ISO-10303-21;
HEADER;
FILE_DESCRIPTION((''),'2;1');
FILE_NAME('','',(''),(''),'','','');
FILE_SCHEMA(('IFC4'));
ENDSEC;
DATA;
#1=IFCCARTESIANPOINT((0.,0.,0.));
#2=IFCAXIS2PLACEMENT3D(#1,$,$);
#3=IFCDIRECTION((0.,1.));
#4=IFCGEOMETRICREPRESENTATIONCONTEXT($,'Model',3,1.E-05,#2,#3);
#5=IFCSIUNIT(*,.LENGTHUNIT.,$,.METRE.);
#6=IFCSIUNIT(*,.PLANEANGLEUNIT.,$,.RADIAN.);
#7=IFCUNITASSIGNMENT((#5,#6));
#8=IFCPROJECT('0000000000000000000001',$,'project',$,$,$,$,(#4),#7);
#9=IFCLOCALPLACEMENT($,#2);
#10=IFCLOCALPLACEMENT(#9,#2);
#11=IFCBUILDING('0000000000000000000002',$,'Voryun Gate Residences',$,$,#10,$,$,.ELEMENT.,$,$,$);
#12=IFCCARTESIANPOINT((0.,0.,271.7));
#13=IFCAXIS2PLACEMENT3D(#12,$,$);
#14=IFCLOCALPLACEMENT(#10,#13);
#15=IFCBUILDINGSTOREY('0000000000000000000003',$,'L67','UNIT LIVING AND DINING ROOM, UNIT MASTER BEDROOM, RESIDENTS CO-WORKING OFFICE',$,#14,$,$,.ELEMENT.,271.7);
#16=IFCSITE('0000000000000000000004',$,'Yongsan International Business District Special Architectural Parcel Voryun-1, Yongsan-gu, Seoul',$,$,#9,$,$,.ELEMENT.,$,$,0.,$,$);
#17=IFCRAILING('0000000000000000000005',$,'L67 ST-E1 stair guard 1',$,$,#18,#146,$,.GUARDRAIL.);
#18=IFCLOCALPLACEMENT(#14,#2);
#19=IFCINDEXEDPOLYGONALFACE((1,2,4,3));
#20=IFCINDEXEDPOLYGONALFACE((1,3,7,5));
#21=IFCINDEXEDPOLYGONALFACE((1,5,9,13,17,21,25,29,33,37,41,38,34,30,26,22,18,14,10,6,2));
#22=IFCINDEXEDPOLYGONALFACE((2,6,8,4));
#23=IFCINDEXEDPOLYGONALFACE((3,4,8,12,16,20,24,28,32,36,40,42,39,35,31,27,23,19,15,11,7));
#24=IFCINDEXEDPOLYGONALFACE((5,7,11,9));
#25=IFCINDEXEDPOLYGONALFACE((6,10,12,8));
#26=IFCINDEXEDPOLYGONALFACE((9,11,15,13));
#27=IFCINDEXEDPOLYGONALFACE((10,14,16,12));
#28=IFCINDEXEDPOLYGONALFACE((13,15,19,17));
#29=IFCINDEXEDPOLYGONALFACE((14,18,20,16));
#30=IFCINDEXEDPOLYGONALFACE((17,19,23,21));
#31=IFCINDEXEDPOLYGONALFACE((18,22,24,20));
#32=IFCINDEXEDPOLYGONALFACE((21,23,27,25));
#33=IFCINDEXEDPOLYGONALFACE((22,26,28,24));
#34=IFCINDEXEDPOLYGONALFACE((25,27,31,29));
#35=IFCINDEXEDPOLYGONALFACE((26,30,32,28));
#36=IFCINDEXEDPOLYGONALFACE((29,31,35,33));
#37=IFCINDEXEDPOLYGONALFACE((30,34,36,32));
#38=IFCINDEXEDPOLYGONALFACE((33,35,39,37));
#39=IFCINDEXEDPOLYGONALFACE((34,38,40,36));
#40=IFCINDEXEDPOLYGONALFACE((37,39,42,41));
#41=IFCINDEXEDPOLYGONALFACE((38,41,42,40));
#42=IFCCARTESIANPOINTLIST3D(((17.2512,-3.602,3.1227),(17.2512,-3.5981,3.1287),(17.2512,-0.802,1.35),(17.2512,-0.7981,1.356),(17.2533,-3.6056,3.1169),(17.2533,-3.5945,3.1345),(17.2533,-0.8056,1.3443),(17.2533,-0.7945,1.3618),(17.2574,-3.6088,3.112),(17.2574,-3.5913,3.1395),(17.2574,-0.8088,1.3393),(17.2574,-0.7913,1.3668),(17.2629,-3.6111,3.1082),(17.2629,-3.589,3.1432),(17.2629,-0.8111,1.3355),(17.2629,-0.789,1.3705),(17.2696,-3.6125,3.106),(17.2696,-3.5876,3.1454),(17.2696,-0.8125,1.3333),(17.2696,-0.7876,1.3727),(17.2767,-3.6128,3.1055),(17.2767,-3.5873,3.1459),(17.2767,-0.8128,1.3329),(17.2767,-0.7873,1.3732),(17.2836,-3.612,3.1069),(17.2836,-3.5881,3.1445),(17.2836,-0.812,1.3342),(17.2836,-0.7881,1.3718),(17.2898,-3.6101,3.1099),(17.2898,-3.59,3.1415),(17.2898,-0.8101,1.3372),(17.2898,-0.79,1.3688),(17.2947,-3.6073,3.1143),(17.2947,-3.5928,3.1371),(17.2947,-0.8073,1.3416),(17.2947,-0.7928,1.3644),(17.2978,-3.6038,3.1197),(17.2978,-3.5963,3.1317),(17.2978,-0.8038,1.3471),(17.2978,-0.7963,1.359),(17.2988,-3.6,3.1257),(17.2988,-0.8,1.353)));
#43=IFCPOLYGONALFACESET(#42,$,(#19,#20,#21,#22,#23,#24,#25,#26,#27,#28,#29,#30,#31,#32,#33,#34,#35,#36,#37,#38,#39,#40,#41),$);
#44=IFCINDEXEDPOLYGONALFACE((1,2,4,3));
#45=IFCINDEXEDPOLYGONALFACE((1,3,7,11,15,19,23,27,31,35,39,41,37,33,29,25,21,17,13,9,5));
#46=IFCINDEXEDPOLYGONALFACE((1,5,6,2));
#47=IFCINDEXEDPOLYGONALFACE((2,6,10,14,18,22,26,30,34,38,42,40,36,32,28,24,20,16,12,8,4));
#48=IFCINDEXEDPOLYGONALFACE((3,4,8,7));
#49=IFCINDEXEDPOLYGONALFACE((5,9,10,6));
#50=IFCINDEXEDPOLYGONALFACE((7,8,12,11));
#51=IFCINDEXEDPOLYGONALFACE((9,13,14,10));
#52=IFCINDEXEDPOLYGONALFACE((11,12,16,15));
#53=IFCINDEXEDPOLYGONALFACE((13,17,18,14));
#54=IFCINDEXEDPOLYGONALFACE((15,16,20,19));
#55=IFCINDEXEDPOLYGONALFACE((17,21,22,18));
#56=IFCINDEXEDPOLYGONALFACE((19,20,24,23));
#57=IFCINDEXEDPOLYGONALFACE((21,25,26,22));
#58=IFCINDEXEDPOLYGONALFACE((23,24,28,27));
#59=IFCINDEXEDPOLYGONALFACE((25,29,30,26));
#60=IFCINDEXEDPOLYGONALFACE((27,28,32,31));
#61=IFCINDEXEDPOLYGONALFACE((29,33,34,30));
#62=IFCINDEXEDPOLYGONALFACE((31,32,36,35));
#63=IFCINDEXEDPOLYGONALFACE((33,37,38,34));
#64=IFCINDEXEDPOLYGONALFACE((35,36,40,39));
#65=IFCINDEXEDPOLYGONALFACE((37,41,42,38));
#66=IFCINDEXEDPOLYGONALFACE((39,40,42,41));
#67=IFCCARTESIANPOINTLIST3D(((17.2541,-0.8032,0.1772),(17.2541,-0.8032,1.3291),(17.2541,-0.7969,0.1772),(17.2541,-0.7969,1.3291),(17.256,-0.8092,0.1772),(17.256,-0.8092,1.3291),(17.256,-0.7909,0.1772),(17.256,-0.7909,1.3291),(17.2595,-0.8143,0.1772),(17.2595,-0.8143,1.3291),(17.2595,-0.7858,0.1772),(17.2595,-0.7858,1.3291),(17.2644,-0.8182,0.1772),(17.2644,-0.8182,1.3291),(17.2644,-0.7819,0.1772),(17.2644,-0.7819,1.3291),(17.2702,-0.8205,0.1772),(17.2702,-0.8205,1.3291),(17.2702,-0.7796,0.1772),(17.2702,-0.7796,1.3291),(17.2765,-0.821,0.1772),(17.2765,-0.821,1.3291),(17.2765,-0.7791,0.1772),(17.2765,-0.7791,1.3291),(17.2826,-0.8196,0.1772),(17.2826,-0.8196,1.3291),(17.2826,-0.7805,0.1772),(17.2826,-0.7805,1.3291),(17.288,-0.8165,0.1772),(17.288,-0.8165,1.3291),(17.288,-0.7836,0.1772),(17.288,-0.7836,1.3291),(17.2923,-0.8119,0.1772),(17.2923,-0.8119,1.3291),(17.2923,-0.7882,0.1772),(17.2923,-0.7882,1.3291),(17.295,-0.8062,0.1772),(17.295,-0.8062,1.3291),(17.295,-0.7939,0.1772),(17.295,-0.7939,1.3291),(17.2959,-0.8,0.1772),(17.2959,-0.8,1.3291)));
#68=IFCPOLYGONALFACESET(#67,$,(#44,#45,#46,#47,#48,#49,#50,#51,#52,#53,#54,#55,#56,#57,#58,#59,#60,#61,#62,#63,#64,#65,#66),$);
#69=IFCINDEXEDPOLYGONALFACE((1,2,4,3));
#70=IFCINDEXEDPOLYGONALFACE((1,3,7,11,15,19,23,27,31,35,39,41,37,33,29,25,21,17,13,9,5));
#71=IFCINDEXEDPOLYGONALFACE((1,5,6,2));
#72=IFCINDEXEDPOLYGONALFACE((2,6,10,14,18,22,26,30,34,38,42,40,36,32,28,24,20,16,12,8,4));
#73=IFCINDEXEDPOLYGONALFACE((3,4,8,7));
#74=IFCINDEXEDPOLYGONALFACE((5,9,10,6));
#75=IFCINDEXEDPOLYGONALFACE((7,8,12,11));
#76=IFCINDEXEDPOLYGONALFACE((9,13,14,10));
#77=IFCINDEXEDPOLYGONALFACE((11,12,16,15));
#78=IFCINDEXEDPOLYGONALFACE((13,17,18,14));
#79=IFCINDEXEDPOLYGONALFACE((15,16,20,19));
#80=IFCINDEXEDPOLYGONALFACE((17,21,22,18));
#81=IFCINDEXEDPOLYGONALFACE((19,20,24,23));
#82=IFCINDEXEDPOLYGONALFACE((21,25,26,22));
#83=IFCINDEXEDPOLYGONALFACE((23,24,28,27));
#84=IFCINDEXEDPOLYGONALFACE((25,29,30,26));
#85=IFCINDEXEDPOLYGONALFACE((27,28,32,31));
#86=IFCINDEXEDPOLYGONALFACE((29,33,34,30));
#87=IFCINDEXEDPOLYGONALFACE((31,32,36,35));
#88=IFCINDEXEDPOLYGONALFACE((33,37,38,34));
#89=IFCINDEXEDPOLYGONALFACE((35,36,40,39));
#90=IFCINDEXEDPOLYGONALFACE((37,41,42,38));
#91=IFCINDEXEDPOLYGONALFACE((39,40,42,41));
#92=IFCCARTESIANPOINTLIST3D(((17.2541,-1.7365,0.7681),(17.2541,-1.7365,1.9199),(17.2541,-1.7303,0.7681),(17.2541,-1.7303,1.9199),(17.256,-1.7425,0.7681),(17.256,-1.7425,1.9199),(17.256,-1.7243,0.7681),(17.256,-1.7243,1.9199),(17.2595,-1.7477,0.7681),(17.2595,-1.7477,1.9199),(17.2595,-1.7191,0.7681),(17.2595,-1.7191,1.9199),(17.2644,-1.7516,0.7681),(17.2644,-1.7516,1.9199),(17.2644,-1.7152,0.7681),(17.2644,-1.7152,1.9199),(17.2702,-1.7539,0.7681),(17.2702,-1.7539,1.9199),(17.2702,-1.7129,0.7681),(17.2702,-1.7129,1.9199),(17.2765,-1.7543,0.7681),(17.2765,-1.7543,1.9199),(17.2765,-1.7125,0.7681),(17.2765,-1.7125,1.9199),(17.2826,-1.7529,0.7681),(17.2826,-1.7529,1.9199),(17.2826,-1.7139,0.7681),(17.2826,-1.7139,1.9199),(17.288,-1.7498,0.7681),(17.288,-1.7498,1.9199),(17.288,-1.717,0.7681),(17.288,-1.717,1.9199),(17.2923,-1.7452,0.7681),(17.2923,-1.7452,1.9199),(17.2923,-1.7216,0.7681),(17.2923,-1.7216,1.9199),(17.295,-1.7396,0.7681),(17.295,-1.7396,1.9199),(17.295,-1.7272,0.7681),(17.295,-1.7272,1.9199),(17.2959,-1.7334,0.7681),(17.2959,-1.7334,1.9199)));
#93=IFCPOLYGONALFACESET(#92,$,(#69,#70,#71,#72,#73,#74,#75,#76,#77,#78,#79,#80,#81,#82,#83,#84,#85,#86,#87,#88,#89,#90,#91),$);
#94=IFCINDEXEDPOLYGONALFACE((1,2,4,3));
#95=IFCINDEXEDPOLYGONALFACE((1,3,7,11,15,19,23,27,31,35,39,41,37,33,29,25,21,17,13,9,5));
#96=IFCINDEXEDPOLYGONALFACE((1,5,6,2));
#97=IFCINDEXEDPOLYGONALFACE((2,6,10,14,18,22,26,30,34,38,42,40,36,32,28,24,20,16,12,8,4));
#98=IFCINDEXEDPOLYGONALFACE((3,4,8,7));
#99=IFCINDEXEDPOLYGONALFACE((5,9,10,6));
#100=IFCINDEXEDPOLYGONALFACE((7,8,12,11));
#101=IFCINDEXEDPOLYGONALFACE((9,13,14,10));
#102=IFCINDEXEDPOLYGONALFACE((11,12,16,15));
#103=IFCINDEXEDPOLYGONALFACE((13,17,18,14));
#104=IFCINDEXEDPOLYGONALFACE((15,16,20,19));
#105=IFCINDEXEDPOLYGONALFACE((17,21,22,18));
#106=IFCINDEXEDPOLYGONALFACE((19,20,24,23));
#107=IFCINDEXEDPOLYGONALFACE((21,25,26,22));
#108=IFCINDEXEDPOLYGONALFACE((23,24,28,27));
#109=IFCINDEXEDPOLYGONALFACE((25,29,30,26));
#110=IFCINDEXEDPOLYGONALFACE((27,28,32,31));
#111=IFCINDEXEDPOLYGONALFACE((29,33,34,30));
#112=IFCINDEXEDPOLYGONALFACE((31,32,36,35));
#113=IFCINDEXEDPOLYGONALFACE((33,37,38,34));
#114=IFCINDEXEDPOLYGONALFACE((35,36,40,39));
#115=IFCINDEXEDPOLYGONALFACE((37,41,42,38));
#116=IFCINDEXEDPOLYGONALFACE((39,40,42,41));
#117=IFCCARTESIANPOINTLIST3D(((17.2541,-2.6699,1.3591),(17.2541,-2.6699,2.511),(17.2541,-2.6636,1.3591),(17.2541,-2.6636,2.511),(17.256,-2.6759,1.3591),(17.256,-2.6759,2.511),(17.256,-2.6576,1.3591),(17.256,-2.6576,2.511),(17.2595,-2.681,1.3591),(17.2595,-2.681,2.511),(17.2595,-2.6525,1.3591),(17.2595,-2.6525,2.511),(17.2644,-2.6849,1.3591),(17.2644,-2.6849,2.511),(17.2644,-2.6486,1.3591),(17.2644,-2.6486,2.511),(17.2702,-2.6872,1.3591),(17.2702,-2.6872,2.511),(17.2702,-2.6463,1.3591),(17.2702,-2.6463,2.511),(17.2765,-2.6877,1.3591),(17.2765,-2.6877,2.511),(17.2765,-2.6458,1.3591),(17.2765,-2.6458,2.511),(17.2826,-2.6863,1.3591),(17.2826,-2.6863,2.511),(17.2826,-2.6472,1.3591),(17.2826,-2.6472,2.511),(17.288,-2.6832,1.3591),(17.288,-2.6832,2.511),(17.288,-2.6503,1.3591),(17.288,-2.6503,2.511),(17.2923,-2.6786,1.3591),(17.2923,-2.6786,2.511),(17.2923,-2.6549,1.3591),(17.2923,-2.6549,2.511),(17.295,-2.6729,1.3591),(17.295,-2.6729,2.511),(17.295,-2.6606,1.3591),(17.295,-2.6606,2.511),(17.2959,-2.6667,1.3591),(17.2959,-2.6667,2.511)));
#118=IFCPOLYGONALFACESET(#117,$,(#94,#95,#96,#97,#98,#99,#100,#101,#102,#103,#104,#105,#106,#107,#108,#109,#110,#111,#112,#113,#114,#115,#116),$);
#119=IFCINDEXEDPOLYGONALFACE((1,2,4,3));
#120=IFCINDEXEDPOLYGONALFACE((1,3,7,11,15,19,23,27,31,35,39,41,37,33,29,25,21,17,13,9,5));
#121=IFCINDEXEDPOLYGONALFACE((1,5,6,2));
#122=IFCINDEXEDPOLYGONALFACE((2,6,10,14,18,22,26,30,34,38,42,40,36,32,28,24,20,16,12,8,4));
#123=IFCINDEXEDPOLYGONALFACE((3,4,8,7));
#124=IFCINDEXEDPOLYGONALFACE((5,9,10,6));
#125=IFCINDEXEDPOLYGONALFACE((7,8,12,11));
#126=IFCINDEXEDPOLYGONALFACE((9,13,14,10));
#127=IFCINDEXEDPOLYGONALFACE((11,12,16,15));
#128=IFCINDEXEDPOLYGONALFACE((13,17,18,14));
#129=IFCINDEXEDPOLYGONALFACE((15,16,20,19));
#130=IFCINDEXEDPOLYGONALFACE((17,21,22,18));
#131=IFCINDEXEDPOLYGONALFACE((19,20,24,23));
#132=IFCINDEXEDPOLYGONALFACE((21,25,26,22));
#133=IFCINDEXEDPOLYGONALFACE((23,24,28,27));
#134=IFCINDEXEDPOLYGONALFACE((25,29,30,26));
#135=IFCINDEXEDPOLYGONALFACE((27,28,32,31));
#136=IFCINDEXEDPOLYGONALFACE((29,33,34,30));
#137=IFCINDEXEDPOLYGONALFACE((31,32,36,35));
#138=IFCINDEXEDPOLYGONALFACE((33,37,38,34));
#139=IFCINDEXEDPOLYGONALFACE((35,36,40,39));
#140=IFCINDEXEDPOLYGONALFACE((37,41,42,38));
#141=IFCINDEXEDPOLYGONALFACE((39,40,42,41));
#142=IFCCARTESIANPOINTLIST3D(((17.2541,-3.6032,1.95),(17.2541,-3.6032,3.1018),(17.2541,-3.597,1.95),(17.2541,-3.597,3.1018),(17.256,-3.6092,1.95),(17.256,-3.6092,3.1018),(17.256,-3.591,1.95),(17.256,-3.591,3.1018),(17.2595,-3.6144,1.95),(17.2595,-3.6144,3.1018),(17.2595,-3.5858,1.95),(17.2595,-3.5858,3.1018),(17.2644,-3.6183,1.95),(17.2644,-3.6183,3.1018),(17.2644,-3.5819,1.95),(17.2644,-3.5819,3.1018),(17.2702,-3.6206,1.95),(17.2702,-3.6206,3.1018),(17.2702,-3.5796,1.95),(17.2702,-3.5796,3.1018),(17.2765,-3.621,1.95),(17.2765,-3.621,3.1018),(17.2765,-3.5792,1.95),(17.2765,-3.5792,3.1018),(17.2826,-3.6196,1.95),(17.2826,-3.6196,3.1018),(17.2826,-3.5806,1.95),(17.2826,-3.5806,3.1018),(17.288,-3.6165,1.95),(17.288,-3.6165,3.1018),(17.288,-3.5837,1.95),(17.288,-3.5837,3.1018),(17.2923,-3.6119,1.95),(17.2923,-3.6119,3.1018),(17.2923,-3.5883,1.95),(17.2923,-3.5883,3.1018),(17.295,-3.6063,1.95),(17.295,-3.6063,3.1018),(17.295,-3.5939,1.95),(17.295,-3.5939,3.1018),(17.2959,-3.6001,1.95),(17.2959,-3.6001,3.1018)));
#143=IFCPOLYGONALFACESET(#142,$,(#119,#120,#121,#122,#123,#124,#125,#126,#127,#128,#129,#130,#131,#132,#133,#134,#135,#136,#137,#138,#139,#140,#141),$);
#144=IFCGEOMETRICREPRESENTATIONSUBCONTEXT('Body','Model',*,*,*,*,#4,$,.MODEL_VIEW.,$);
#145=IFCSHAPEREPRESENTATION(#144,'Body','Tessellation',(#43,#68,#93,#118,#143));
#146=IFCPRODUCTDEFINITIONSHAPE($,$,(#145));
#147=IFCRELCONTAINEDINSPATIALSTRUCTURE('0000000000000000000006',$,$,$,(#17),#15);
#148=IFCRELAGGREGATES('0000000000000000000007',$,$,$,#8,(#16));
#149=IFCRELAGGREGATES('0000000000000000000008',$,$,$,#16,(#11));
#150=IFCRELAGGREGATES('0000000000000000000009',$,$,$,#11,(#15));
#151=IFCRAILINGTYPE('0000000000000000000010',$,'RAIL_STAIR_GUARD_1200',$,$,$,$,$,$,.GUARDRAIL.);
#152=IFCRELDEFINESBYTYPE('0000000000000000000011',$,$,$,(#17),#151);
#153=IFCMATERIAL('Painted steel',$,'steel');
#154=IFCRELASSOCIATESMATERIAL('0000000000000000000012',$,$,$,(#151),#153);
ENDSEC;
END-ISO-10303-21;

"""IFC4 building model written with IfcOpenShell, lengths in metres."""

from ifc_helpers import new_model, si_unit, direction, frame, origin, origin_2d, place, context, subcontext, project, spatial, circle, extrude, material, type_object, element, save


model = new_model("IFC4")

# Units and contexts
model_context = context("Model", 3, precision=1e-05, world=origin(), true_north=direction((0.0, 1.0)))
body_context = subcontext(model_context, "Body", "Model", "MODEL_VIEW")
ifc_project = project(units=[si_unit("LENGTHUNIT", "METRE"), si_unit("PLANEANGLEUNIT", "RADIAN")], contexts=[model_context])

# Site, building, storey
site_placement = place(None, origin())
site = spatial("IfcSite", under=ifc_project, at=site_placement, Name="Yongsan International Business District Special Architectural Parcel Voryun-1, Yongsan-gu, Seoul", CompositionType="ELEMENT", RefElevation=0.0)
building_placement = place(site_placement, origin())
building = spatial("IfcBuilding", under=site, at=building_placement, Name="Voryun Gate Residences", CompositionType="ELEMENT")
storey_placement = place(building_placement, frame((0.0, 0.0, 271.7)))
storey = spatial("IfcBuildingStorey", under=building, at=storey_placement, Name="L67", Description="UNIT LIVING AND DINING ROOM, UNIT MASTER BEDROOM, RESIDENTS CO-WORKING OFFICE", CompositionType="ELEMENT", Elevation=271.7)

# Railing
ifc_material_1 = material(Name="Painted steel", Category="steel")
railing_type_1 = type_object("IfcRailingType", Name="RAIL_STAIR_GUARD_1200", PredefinedType="GUARDRAIL", material=ifc_material_1)
railing_1_placement = place(storey_placement, frame((17.2749, -0.8, 0.1772)))
element("IfcRailing", 1, at=railing_1_placement, inside=storey, type_object=railing_type_1, Name="L67 ST-E1 stair guard 1", PredefinedType="GUARDRAIL", context=body_context, shape_type="SweptSolid", body=[
    extrude(circle(Radius=0.0239, at=origin_2d()), frame((0.0, 0.0, 1.1758), z_axis=(0.0, -0.844909, 0.53491), x_axis=(1.0, 0.0, 0.0)), (0.0, 0.0, 1.0), 3.314),
    extrude(circle(Radius=0.021, at=origin_2d()), origin(), (0.0, 0.0, 1.0), 1.1519),
    extrude(circle(Radius=0.021, at=origin_2d()), frame((0.0, -0.9333, 0.5908)), (0.0, 0.0, 1.0), 1.1519),
    extrude(circle(Radius=0.021, at=origin_2d()), frame((0.0, -1.8667, 1.1819)), (0.0, 0.0, 1.0), 1.1519),
    extrude(circle(Radius=0.021, at=origin_2d()), frame((0.0, -2.8, 1.7727)), (0.0, 0.0, 1.0), 1.1519),
])

save(model, "model.ifc")
